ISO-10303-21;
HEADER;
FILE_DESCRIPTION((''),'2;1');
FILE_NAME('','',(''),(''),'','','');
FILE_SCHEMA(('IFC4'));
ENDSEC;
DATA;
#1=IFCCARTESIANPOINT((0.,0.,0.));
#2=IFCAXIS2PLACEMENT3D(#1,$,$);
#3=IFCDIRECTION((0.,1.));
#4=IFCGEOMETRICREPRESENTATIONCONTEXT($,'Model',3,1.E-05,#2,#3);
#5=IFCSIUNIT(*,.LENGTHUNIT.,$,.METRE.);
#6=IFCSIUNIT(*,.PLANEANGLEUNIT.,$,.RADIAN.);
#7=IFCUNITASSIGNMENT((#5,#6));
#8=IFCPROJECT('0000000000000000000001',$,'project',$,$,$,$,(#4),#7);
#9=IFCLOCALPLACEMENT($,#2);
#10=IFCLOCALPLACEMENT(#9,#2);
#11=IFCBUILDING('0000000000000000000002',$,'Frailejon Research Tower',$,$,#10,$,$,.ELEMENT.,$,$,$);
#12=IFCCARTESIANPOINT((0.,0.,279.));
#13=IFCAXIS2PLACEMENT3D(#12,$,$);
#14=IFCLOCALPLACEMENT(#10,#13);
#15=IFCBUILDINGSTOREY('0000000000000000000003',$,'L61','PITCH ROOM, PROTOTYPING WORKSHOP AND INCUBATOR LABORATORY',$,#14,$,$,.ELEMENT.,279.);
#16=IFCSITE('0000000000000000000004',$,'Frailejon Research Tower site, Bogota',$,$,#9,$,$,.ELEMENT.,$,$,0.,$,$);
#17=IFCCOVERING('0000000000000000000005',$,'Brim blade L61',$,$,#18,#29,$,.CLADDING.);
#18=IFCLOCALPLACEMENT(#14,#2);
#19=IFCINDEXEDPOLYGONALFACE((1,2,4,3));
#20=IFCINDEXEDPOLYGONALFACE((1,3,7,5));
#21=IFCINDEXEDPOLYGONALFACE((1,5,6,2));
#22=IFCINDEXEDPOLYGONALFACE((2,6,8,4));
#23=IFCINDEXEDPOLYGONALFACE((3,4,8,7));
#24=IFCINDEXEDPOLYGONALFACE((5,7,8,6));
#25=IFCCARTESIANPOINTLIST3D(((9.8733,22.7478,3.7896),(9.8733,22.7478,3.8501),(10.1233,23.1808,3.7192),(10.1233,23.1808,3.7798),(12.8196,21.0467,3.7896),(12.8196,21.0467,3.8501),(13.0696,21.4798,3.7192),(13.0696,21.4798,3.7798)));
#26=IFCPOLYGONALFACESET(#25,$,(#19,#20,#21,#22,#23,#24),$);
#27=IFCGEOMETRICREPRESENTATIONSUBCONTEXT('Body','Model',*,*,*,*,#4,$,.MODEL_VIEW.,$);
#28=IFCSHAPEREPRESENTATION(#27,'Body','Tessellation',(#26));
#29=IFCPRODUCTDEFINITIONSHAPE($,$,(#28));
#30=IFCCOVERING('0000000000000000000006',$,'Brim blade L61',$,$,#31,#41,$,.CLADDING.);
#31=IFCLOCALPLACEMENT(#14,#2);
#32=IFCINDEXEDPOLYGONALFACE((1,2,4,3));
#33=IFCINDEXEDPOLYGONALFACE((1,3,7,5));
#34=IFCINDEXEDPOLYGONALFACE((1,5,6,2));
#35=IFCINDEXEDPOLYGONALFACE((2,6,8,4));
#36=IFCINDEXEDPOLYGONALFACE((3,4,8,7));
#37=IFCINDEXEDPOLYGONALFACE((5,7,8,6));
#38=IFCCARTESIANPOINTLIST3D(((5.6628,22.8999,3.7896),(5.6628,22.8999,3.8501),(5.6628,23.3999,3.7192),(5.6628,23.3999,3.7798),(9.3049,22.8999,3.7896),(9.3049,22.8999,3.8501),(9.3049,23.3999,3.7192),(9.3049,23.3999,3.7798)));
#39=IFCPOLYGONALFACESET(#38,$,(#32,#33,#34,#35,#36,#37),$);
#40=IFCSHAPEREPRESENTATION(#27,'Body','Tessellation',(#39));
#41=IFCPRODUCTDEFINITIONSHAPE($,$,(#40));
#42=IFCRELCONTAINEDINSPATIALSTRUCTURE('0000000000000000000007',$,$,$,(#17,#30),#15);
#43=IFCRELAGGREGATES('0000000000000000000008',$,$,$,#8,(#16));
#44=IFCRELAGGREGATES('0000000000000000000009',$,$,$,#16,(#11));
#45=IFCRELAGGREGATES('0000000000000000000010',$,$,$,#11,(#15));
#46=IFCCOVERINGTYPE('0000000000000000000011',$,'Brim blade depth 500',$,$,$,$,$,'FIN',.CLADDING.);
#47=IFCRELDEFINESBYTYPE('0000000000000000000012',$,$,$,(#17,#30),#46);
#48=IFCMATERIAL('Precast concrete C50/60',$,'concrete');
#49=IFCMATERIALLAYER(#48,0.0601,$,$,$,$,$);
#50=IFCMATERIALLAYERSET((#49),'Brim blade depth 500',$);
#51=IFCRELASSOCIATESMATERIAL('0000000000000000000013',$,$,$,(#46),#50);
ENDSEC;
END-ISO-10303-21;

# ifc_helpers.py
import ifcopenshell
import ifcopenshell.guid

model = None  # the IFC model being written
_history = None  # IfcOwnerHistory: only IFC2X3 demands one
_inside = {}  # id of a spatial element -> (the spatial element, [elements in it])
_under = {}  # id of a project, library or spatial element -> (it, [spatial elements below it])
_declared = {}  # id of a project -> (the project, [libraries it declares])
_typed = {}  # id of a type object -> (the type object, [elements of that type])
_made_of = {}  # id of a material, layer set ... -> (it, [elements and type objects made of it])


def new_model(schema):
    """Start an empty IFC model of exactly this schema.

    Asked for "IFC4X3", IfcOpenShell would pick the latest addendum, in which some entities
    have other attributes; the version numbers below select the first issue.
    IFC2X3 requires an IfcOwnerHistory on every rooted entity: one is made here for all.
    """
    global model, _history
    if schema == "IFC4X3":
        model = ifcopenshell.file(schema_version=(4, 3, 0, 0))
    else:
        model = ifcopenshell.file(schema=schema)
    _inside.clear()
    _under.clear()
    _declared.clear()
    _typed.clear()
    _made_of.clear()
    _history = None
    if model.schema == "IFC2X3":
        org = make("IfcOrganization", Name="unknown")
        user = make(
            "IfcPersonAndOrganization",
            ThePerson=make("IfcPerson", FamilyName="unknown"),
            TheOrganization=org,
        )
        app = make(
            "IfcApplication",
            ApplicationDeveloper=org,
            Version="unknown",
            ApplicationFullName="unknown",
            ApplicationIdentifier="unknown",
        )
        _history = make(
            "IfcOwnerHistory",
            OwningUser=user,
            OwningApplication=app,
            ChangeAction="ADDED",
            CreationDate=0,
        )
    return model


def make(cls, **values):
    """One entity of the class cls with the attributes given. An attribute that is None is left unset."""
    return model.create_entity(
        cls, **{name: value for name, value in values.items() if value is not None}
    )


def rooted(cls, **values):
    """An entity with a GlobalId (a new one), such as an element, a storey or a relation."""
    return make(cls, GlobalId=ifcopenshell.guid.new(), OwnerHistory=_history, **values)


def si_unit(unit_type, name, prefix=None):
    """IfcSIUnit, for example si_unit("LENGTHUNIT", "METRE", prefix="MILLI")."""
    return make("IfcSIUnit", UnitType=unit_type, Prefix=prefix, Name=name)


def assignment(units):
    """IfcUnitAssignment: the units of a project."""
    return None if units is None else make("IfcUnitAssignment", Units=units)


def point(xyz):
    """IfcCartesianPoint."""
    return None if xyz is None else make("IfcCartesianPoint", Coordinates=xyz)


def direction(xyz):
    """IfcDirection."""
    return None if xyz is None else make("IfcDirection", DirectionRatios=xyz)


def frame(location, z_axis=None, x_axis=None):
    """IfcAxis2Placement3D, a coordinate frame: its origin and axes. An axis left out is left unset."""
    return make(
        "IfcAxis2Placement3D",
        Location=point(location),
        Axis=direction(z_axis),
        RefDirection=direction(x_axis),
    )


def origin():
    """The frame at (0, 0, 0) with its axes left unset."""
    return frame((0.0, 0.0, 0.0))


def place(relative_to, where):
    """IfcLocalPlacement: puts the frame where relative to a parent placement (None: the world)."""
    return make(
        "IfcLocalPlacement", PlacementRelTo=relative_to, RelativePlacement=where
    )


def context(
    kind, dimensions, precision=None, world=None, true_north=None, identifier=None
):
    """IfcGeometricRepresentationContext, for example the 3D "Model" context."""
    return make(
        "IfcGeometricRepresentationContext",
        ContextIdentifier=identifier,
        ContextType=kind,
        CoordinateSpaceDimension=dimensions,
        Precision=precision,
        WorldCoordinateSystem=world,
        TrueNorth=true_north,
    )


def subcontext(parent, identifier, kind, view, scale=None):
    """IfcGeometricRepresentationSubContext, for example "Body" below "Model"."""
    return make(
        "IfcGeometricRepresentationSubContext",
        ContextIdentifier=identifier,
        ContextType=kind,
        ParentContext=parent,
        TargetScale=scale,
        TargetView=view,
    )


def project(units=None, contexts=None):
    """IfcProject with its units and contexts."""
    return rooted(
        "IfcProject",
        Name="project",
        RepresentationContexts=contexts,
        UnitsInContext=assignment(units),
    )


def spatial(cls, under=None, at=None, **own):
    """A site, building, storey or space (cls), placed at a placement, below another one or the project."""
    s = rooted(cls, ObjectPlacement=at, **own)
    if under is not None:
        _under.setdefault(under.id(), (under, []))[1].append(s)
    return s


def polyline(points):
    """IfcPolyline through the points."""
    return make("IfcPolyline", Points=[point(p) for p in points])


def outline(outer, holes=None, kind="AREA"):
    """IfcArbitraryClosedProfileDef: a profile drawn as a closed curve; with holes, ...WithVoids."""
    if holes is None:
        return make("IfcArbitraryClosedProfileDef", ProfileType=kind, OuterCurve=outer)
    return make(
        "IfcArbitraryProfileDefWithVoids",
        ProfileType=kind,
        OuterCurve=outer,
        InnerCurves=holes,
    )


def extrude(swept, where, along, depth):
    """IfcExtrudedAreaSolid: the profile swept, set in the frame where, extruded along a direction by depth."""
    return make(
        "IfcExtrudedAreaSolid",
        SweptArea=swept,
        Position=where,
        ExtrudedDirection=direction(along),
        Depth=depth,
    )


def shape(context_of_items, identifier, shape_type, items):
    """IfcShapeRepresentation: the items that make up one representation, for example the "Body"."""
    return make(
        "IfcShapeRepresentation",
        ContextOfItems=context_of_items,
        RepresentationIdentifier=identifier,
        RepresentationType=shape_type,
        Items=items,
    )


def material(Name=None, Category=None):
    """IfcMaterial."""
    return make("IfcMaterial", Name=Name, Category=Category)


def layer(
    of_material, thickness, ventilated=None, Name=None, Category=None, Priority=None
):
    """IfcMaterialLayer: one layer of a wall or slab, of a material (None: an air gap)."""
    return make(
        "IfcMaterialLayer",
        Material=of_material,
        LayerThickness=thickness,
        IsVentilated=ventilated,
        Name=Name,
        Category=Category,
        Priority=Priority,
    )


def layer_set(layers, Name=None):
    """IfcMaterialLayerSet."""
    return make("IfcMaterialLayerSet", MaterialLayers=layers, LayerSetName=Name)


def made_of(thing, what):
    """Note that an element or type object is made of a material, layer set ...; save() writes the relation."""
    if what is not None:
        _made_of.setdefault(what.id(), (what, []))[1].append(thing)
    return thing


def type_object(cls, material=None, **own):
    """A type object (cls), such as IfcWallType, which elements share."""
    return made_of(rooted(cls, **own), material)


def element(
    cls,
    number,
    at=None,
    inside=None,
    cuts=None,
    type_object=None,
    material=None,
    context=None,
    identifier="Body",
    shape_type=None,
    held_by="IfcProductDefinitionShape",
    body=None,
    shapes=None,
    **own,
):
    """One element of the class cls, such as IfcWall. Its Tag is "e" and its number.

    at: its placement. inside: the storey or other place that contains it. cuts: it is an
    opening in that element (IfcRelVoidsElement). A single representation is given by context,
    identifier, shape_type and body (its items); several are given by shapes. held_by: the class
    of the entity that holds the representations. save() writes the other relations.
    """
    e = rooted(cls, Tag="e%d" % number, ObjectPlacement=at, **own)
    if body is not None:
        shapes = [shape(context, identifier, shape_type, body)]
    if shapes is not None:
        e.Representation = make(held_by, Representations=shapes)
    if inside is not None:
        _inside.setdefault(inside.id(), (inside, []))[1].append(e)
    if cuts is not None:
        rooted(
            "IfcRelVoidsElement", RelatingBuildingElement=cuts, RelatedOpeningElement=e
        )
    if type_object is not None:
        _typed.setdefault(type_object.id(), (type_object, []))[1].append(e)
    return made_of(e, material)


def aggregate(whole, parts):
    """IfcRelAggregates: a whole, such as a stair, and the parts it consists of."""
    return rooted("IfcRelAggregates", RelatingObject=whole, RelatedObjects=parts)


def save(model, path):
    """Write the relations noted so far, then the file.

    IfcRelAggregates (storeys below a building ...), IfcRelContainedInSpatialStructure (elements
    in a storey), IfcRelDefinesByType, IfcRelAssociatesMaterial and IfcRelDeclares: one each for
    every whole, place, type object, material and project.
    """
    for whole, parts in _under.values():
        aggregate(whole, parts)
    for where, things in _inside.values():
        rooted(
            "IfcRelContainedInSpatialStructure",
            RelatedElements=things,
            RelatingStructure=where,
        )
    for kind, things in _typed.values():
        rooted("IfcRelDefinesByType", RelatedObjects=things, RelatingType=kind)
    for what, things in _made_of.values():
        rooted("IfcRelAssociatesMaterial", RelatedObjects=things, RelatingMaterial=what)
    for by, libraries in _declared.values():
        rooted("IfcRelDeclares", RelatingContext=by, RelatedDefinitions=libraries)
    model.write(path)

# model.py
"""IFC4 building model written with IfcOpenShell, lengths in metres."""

from ifc_helpers import new_model, si_unit, direction, frame, origin, place, context, subcontext, project, spatial, polyline, outline, extrude, material, layer, layer_set, type_object, element, save


model = new_model("IFC4")

# Units and contexts
model_context = context("Model", 3, precision=1e-05, world=origin(), true_north=direction((0.0, 1.0)))
body_context = subcontext(model_context, "Body", "Model", "MODEL_VIEW")
ifc_project = project(units=[si_unit("LENGTHUNIT", "METRE"), si_unit("PLANEANGLEUNIT", "RADIAN")], contexts=[model_context])

# Site, building, storey
site_placement = place(None, origin())
site = spatial("IfcSite", under=ifc_project, at=site_placement, Name="Frailejon Research Tower site, Bogota", CompositionType="ELEMENT", RefElevation=0.0)
building_placement = place(site_placement, origin())
building = spatial("IfcBuilding", under=site, at=building_placement, Name="Frailejon Research Tower", CompositionType="ELEMENT")
storey_placement = place(building_placement, frame((0.0, 0.0, 279.0)))
storey = spatial("IfcBuildingStorey", under=building, at=storey_placement, Name="L61", Description="PITCH ROOM, PROTOTYPING WORKSHOP AND INCUBATOR LABORATORY", CompositionType="ELEMENT", Elevation=279.0)

# Coverings
ifc_material_1 = material(Name="Precast concrete C50/60", Category="concrete")
ifc_layer_1 = layer(ifc_material_1, 0.0601)
ifc_layer_set_1 = layer_set([ifc_layer_1], Name="Brim blade depth 500")
covering_type_1 = type_object("IfcCoveringType", Name="Brim blade depth 500", ElementType="FIN", PredefinedType="CLADDING", material=ifc_layer_set_1)
covering_1_placement = place(storey_placement, frame((9.8733, 22.7478, 3.8501), z_axis=(0.866024, -0.500003, 0.0), x_axis=(0.500003, 0.866024, 0.0)))
element("IfcCovering", 1, at=covering_1_placement, inside=storey, type_object=covering_type_1, Name="Brim blade L61", PredefinedType="CLADDING", context=body_context, shape_type="SweptSolid", body=[
    extrude(outline(polyline([(0.0, -0.0605), (0.5, -0.1309), (0.5, -0.0703), (0.0, 0.0), (0.0, -0.0605)])), origin(), (0.0, 0.0, 1.0), 3.4021),
])
covering_2_placement = place(storey_placement, frame((5.6628, 22.8999, 3.8501), z_axis=(1.0, 0.0, 0.0), x_axis=(0.0, 1.0, 0.0)))
element("IfcCovering", 2, at=covering_2_placement, inside=storey, type_object=covering_type_1, Name="Brim blade L61", PredefinedType="CLADDING", context=body_context, shape_type="SweptSolid", body=[
    extrude(outline(polyline([(0.0, -0.0605), (0.5, -0.1309), (0.5, -0.0703), (0.0, 0.0), (0.0, -0.0605)])), origin(), (0.0, 0.0, 1.0), 3.6421),
])

save(model, "model.ifc")
